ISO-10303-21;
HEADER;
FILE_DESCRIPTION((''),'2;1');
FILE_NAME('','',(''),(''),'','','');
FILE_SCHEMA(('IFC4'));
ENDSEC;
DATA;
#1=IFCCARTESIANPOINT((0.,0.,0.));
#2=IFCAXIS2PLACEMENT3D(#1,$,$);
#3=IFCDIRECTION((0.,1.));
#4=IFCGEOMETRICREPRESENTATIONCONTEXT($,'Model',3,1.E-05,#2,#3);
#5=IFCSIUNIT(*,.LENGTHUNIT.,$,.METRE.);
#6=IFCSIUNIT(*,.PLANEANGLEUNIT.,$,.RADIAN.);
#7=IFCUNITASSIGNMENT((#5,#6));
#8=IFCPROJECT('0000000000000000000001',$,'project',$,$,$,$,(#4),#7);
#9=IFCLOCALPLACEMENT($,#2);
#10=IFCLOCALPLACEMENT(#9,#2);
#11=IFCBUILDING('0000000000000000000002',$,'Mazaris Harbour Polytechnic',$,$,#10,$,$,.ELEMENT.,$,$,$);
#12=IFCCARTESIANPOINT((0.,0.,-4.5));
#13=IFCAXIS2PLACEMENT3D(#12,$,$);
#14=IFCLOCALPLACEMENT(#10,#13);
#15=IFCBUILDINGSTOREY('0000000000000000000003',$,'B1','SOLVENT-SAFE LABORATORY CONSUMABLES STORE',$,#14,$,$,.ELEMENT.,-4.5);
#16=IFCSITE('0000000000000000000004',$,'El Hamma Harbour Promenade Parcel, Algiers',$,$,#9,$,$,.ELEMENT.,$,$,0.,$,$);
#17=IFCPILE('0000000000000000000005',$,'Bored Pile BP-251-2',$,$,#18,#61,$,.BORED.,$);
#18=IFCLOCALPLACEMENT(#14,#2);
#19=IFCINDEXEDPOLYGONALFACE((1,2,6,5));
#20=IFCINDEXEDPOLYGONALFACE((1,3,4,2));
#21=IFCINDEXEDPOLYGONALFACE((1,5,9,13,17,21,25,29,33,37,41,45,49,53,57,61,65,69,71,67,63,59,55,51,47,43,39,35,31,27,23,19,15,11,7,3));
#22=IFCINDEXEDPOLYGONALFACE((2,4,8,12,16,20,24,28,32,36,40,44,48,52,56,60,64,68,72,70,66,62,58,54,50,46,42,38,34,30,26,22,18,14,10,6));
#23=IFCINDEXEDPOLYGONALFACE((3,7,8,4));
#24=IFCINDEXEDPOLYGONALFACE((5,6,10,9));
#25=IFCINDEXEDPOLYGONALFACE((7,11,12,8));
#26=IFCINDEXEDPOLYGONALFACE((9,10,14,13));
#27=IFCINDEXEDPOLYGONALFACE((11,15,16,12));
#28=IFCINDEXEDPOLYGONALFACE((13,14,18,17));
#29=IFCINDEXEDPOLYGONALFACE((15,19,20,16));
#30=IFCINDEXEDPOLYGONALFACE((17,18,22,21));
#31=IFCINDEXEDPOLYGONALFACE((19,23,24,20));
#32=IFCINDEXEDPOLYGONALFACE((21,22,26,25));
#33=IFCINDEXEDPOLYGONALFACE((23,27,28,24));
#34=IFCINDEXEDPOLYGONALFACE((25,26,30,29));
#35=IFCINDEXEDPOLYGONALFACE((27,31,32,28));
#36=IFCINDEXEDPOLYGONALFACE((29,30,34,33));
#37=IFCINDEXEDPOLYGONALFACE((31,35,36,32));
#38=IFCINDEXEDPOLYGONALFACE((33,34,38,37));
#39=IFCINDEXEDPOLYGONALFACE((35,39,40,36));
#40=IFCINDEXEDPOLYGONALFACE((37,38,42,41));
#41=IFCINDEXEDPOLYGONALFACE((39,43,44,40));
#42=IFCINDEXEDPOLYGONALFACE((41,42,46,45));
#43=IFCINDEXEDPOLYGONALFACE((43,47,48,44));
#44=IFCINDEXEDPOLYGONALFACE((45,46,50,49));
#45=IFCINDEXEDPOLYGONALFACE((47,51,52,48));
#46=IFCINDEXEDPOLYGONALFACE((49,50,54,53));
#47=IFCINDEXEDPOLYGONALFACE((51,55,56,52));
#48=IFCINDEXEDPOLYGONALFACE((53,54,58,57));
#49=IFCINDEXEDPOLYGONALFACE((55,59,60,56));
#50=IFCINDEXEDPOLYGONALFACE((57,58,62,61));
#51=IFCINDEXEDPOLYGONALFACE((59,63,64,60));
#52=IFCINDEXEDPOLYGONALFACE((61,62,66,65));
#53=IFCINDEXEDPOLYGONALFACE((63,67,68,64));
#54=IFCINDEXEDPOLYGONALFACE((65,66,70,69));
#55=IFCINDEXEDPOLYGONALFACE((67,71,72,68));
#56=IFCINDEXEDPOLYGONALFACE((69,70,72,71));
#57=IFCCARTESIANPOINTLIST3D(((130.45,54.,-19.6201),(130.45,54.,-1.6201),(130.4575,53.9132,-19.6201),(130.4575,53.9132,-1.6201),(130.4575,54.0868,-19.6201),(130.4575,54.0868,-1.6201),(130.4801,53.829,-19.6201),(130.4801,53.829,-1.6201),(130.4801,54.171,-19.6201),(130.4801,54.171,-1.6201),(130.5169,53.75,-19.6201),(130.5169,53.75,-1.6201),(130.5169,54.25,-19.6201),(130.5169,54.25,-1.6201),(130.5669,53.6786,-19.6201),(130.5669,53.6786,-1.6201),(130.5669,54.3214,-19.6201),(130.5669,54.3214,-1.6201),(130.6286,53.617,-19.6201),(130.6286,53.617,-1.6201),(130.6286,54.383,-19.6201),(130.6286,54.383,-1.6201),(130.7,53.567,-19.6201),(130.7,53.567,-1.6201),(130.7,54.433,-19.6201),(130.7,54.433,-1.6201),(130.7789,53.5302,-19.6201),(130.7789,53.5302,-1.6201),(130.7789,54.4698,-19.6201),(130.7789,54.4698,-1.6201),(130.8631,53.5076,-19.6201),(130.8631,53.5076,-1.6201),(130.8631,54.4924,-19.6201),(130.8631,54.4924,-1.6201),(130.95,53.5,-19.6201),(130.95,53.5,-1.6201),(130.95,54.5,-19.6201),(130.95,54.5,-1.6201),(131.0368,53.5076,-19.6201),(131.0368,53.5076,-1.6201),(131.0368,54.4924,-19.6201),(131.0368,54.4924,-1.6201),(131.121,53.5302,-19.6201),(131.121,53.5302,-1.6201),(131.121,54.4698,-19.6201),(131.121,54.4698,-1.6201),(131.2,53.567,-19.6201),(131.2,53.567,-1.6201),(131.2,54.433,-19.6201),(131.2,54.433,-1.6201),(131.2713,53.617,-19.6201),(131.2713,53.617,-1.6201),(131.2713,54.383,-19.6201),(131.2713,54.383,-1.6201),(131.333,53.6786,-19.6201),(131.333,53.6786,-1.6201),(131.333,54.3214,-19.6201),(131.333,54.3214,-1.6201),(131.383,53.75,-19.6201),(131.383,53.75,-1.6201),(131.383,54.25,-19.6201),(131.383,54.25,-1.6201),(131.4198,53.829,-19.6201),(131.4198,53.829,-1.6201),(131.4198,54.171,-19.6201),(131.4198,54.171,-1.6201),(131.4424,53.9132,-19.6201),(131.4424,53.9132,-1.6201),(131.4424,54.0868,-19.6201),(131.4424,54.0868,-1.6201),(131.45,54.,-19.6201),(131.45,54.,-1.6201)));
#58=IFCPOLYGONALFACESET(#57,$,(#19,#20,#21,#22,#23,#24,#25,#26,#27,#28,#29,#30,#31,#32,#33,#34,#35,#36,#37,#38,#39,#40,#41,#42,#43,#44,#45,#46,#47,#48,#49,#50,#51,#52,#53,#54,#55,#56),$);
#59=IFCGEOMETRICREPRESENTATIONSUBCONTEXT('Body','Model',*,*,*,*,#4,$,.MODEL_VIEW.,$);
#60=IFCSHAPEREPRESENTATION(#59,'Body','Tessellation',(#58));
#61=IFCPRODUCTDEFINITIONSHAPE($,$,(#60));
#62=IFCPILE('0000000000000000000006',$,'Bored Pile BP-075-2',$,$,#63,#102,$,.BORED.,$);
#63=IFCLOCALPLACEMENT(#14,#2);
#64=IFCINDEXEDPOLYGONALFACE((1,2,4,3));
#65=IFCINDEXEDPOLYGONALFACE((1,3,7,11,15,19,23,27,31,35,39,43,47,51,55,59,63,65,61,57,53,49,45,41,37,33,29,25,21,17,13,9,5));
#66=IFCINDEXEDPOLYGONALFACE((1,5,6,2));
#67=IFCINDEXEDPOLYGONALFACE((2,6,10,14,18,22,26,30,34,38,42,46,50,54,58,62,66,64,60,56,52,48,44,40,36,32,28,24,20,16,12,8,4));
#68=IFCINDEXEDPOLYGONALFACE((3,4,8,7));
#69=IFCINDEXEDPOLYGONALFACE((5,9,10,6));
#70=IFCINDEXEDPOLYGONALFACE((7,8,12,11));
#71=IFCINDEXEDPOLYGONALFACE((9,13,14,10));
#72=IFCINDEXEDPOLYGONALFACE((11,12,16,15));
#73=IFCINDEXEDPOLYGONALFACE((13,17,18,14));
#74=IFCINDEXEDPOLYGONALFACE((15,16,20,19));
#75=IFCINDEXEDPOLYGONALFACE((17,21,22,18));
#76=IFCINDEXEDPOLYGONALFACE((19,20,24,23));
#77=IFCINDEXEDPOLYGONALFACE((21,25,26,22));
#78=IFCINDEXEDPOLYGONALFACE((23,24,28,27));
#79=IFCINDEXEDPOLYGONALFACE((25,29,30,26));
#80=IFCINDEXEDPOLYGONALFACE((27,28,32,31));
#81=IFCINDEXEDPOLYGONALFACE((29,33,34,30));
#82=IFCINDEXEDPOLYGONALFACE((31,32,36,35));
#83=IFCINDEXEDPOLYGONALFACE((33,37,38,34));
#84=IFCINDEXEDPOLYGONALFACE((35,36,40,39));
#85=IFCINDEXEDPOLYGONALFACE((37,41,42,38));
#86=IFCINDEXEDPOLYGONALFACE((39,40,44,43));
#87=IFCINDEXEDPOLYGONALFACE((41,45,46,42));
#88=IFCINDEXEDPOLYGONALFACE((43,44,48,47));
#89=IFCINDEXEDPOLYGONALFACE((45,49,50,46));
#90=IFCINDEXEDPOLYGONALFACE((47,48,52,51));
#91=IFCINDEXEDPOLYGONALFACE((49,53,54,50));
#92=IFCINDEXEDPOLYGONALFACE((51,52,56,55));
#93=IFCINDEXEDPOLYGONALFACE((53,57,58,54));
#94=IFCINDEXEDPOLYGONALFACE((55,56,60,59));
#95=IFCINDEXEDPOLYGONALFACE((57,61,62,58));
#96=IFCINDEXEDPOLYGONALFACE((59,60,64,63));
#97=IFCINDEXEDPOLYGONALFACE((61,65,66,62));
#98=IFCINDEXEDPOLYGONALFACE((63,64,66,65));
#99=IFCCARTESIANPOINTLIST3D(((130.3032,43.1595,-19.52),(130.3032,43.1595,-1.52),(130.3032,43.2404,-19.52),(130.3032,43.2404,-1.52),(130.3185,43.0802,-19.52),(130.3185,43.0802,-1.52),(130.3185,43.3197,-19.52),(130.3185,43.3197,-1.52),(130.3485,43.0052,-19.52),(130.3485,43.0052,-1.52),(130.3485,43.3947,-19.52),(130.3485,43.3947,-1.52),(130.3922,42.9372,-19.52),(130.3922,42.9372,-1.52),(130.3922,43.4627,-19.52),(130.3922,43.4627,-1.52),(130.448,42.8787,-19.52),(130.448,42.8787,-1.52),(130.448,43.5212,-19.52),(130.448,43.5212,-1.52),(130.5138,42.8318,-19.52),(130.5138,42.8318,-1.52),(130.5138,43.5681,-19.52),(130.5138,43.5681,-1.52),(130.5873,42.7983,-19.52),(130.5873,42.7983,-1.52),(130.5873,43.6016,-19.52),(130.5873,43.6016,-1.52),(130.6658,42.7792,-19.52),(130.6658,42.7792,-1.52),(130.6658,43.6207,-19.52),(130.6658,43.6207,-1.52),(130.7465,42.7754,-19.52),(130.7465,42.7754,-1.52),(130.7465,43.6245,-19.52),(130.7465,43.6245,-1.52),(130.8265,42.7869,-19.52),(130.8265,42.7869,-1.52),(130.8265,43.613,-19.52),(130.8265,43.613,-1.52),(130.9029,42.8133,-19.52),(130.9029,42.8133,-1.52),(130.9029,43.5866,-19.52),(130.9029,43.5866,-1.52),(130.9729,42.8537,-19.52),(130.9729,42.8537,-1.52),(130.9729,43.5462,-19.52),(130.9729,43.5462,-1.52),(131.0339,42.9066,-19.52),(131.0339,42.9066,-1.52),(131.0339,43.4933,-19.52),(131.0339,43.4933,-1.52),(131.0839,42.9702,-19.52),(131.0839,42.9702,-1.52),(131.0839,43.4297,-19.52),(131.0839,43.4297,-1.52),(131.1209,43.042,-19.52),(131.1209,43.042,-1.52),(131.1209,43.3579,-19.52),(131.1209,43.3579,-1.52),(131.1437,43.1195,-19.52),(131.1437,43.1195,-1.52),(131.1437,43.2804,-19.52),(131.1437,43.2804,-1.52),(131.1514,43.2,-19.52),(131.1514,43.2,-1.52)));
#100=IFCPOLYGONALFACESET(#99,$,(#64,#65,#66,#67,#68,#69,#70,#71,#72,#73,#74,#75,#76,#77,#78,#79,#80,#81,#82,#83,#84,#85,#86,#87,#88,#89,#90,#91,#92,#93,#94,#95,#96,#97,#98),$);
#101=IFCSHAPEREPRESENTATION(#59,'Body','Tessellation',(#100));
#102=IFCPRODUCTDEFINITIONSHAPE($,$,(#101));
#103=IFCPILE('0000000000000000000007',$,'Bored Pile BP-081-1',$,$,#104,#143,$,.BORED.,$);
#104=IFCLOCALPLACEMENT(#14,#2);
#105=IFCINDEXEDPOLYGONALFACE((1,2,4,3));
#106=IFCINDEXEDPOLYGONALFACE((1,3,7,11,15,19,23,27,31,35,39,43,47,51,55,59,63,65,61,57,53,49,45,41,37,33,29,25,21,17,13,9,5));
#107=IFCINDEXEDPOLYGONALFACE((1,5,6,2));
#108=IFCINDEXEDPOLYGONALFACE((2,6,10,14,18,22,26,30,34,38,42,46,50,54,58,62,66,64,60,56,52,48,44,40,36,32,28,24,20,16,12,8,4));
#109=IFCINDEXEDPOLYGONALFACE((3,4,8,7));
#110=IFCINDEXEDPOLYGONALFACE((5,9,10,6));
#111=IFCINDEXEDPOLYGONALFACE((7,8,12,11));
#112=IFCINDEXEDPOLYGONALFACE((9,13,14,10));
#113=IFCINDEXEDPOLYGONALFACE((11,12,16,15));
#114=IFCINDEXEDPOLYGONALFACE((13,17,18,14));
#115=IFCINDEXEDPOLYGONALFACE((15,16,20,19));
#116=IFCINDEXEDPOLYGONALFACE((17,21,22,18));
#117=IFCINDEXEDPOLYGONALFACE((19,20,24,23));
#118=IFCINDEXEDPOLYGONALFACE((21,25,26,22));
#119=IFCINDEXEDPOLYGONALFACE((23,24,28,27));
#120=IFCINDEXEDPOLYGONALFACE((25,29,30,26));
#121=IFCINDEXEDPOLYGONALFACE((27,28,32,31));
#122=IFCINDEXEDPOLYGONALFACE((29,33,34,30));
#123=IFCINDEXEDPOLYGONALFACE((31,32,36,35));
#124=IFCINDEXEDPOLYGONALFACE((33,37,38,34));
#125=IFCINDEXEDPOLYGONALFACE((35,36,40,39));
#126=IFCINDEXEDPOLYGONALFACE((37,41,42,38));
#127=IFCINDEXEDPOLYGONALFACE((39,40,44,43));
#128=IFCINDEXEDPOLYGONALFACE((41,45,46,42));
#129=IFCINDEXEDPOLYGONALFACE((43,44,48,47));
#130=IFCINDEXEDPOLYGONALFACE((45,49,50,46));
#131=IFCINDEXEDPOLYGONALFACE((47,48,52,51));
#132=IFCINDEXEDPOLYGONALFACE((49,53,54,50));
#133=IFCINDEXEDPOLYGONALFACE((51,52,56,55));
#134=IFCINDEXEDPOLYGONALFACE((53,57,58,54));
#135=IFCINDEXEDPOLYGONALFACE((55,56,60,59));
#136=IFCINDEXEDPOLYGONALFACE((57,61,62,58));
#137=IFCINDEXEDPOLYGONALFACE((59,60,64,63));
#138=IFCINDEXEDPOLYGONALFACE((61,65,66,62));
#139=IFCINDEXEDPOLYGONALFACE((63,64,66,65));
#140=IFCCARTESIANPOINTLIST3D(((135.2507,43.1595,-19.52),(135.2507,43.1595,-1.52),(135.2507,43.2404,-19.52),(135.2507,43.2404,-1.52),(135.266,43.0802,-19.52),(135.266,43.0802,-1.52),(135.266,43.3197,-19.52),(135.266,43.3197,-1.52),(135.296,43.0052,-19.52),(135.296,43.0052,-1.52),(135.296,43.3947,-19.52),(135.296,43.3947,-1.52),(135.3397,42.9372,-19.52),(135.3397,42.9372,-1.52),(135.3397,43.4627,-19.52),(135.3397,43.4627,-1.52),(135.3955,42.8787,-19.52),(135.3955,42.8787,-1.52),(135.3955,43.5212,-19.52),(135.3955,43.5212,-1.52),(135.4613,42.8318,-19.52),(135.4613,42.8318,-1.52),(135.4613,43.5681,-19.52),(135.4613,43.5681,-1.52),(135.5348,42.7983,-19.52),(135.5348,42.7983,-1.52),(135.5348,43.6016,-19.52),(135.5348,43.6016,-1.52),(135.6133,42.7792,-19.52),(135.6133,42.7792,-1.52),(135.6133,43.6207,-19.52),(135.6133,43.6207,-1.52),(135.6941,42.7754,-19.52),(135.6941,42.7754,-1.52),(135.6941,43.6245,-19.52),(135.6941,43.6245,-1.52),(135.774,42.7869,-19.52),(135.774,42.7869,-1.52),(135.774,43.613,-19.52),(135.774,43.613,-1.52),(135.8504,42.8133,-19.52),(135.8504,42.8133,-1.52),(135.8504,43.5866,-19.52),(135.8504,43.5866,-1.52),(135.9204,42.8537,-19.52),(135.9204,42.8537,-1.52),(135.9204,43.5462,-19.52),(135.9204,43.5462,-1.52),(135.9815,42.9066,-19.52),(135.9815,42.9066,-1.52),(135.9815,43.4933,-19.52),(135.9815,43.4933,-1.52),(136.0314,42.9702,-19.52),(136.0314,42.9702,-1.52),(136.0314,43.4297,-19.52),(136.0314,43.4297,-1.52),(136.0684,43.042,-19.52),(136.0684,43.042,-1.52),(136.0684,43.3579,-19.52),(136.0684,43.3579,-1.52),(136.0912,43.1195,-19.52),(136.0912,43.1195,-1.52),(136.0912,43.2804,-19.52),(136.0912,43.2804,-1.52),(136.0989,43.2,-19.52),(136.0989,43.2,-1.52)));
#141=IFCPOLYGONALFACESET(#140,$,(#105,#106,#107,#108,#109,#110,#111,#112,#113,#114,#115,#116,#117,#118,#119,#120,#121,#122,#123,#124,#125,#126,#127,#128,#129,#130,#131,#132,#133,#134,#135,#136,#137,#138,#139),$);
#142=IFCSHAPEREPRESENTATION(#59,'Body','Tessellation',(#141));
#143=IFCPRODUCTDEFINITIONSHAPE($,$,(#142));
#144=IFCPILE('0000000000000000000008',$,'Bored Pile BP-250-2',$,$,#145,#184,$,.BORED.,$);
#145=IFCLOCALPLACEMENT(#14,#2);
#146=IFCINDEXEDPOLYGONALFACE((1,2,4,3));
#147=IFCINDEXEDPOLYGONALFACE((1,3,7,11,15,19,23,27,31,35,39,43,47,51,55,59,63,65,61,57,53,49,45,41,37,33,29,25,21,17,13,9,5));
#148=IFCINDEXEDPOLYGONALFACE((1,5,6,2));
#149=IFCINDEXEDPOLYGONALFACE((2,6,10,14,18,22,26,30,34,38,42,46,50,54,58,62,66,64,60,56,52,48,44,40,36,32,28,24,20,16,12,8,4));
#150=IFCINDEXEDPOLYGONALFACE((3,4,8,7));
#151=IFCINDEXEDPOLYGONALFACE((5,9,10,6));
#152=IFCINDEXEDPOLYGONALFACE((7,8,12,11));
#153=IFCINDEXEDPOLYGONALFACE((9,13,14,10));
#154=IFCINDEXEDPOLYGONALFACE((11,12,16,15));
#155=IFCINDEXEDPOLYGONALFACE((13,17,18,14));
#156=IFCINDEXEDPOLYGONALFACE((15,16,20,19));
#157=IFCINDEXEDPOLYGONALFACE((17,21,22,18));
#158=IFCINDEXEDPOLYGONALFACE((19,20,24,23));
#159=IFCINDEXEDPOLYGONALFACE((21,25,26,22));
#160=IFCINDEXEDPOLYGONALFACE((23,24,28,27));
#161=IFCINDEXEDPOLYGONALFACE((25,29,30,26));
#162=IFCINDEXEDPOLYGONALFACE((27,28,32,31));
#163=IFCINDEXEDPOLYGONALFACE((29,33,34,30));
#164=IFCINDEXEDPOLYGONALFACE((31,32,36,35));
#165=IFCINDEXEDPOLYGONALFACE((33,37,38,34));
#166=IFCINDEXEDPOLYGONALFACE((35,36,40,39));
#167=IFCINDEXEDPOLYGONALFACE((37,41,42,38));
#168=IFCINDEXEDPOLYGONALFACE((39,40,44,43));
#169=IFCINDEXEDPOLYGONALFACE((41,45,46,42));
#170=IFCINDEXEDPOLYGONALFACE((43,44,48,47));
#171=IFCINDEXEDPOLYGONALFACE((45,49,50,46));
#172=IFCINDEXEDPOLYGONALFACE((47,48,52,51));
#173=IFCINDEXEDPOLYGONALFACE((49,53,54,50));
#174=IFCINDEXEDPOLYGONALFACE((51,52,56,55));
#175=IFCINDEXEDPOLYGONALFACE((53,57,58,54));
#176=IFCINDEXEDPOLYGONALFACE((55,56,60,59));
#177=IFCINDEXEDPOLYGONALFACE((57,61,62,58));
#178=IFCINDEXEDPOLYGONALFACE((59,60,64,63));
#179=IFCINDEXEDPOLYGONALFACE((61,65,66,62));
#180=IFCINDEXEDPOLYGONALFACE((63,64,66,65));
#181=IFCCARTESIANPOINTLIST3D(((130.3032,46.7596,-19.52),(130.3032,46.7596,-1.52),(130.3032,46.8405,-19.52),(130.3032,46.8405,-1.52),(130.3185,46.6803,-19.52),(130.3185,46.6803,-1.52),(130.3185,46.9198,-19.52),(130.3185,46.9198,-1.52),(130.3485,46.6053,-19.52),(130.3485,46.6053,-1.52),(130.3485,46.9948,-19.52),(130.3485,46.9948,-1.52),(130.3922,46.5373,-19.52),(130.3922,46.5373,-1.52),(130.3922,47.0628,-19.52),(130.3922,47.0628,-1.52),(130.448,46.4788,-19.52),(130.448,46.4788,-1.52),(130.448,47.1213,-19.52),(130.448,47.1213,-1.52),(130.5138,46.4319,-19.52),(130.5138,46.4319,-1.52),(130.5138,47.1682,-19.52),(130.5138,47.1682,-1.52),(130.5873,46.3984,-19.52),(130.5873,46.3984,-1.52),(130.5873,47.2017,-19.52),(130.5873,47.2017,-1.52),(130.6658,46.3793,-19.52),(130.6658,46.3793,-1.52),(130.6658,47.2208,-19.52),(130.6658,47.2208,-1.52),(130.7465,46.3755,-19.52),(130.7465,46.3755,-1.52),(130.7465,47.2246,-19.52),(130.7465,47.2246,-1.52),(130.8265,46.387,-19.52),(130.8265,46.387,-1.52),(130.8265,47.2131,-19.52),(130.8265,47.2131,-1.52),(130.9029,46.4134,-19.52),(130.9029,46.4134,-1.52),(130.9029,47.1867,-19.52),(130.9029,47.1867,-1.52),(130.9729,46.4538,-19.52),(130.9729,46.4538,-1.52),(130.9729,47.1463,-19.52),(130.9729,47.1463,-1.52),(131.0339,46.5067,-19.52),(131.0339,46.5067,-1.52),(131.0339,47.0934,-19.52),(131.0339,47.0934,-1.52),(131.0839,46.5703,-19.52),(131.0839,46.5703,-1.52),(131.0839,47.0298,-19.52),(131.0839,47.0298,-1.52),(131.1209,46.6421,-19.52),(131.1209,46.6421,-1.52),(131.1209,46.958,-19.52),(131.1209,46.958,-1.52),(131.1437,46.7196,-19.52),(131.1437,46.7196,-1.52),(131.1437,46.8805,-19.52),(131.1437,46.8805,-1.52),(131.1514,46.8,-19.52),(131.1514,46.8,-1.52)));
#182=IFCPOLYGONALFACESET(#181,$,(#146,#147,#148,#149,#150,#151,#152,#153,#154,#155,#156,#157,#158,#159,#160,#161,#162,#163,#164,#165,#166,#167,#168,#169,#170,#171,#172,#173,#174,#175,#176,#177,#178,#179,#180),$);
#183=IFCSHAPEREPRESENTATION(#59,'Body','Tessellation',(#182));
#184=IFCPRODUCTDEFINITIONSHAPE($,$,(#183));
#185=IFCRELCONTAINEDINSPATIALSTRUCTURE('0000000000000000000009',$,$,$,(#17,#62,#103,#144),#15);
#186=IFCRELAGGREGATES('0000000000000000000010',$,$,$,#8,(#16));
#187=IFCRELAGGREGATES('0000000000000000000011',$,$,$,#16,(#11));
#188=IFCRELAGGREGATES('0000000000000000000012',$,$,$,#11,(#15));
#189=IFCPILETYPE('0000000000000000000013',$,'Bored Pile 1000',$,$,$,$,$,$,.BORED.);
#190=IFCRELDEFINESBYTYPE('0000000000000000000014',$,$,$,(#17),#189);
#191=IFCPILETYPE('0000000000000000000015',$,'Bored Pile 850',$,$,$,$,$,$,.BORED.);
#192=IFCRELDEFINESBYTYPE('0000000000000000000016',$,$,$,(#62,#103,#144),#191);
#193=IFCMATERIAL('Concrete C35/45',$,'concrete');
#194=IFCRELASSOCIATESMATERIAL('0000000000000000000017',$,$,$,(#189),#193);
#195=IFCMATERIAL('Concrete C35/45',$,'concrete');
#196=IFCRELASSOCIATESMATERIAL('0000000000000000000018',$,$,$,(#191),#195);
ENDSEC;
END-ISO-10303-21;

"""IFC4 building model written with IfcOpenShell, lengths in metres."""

from ifc_helpers import new_model, si_unit, direction, frame, origin, origin_2d, place, context, subcontext, project, spatial, circle, extrude, material, material_profile, profile_set, type_object, element, save


model = new_model("IFC4")

# Units and contexts
model_context = context("Model", 3, precision=1e-05, world=origin(), true_north=direction((0.0, 1.0)))
body_context = subcontext(model_context, "Body", "Model", "MODEL_VIEW")
ifc_project = project(units=[si_unit("LENGTHUNIT", "METRE"), si_unit("PLANEANGLEUNIT", "RADIAN")], contexts=[model_context])

# Site, building, storey
site_placement = place(None, origin())
site = spatial("IfcSite", under=ifc_project, at=site_placement, Name="El Hamma Harbour Promenade Parcel, Algiers", CompositionType="ELEMENT", RefElevation=0.0)
building_placement = place(site_placement, origin())
building = spatial("IfcBuilding", under=site, at=building_placement, Name="Mazaris Harbour Polytechnic", CompositionType="ELEMENT")
storey_placement = place(building_placement, frame((0.0, 0.0, -4.5)))
storey = spatial("IfcBuildingStorey", under=building, at=storey_placement, Name="B1", Description="SOLVENT-SAFE LABORATORY CONSUMABLES STORE", CompositionType="ELEMENT", Elevation=-4.5)

# Piles
ifc_material_1 = material(Name="Concrete C35/45", Category="concrete")
ifc_material_profile_1 = material_profile(ifc_material_1, circle(Radius=0.5, at=origin_2d()), Name="DIA1000")
ifc_profile_set_1 = profile_set([ifc_material_profile_1], Name="Concrete C35/45")
pile_type_1 = type_object("IfcPileType", Name="Bored Pile 1000", PredefinedType="BORED", material=ifc_profile_set_1)
pile_1_placement = place(storey_placement, frame((130.95, 54.0, -1.6201), z_axis=(0.0, 0.0, -1.0), x_axis=(1.0, 0.0, 0.0)))
element("IfcPile", 1, at=pile_1_placement, inside=storey, type_object=pile_type_1, Name="Bored Pile BP-251-2", PredefinedType="BORED", context=body_context, shape_type="SweptSolid", body=[
    extrude(circle(Radius=0.5, at=origin_2d()), origin(), (0.0, 0.0, 1.0), 18.0),
])
ifc_material_2 = material(Name="Concrete C35/45", Category="concrete")
ifc_material_profile_2 = material_profile(ifc_material_2, circle(Radius=0.425, at=origin_2d()), Name="DIA850")
ifc_profile_set_2 = profile_set([ifc_material_profile_2], Name="Concrete C35/45")
pile_type_2 = type_object("IfcPileType", Name="Bored Pile 850", PredefinedType="BORED", material=ifc_profile_set_2)
for number, where, z_axis, x_axis, name in (
    (2, (130.7263, 43.2, -1.52), (0.0, 0.0, -1.0), (1.0, 0.0, 0.0), "Bored Pile BP-075-2"),
    (3, (135.6738, 43.2, -1.52), (0.0, 0.0, -1.0), (1.0, 0.0, 0.0), "Bored Pile BP-081-1"),
    (4, (130.7263, 46.8, -1.52), (0.0, 0.0, -1.0), (1.0, 0.0, 0.0), "Bored Pile BP-250-2"),
):
    element("IfcPile", number, at=place(storey_placement, frame(where, z_axis=z_axis, x_axis=x_axis)), inside=storey, type_object=pile_type_2, Name=name, PredefinedType="BORED", context=body_context, shape_type="SweptSolid", body=[
        extrude(circle(Radius=0.425, at=origin_2d()), origin(), (0.0, 0.0, 1.0), 18.0),
    ])

save(model, "model.ifc")
